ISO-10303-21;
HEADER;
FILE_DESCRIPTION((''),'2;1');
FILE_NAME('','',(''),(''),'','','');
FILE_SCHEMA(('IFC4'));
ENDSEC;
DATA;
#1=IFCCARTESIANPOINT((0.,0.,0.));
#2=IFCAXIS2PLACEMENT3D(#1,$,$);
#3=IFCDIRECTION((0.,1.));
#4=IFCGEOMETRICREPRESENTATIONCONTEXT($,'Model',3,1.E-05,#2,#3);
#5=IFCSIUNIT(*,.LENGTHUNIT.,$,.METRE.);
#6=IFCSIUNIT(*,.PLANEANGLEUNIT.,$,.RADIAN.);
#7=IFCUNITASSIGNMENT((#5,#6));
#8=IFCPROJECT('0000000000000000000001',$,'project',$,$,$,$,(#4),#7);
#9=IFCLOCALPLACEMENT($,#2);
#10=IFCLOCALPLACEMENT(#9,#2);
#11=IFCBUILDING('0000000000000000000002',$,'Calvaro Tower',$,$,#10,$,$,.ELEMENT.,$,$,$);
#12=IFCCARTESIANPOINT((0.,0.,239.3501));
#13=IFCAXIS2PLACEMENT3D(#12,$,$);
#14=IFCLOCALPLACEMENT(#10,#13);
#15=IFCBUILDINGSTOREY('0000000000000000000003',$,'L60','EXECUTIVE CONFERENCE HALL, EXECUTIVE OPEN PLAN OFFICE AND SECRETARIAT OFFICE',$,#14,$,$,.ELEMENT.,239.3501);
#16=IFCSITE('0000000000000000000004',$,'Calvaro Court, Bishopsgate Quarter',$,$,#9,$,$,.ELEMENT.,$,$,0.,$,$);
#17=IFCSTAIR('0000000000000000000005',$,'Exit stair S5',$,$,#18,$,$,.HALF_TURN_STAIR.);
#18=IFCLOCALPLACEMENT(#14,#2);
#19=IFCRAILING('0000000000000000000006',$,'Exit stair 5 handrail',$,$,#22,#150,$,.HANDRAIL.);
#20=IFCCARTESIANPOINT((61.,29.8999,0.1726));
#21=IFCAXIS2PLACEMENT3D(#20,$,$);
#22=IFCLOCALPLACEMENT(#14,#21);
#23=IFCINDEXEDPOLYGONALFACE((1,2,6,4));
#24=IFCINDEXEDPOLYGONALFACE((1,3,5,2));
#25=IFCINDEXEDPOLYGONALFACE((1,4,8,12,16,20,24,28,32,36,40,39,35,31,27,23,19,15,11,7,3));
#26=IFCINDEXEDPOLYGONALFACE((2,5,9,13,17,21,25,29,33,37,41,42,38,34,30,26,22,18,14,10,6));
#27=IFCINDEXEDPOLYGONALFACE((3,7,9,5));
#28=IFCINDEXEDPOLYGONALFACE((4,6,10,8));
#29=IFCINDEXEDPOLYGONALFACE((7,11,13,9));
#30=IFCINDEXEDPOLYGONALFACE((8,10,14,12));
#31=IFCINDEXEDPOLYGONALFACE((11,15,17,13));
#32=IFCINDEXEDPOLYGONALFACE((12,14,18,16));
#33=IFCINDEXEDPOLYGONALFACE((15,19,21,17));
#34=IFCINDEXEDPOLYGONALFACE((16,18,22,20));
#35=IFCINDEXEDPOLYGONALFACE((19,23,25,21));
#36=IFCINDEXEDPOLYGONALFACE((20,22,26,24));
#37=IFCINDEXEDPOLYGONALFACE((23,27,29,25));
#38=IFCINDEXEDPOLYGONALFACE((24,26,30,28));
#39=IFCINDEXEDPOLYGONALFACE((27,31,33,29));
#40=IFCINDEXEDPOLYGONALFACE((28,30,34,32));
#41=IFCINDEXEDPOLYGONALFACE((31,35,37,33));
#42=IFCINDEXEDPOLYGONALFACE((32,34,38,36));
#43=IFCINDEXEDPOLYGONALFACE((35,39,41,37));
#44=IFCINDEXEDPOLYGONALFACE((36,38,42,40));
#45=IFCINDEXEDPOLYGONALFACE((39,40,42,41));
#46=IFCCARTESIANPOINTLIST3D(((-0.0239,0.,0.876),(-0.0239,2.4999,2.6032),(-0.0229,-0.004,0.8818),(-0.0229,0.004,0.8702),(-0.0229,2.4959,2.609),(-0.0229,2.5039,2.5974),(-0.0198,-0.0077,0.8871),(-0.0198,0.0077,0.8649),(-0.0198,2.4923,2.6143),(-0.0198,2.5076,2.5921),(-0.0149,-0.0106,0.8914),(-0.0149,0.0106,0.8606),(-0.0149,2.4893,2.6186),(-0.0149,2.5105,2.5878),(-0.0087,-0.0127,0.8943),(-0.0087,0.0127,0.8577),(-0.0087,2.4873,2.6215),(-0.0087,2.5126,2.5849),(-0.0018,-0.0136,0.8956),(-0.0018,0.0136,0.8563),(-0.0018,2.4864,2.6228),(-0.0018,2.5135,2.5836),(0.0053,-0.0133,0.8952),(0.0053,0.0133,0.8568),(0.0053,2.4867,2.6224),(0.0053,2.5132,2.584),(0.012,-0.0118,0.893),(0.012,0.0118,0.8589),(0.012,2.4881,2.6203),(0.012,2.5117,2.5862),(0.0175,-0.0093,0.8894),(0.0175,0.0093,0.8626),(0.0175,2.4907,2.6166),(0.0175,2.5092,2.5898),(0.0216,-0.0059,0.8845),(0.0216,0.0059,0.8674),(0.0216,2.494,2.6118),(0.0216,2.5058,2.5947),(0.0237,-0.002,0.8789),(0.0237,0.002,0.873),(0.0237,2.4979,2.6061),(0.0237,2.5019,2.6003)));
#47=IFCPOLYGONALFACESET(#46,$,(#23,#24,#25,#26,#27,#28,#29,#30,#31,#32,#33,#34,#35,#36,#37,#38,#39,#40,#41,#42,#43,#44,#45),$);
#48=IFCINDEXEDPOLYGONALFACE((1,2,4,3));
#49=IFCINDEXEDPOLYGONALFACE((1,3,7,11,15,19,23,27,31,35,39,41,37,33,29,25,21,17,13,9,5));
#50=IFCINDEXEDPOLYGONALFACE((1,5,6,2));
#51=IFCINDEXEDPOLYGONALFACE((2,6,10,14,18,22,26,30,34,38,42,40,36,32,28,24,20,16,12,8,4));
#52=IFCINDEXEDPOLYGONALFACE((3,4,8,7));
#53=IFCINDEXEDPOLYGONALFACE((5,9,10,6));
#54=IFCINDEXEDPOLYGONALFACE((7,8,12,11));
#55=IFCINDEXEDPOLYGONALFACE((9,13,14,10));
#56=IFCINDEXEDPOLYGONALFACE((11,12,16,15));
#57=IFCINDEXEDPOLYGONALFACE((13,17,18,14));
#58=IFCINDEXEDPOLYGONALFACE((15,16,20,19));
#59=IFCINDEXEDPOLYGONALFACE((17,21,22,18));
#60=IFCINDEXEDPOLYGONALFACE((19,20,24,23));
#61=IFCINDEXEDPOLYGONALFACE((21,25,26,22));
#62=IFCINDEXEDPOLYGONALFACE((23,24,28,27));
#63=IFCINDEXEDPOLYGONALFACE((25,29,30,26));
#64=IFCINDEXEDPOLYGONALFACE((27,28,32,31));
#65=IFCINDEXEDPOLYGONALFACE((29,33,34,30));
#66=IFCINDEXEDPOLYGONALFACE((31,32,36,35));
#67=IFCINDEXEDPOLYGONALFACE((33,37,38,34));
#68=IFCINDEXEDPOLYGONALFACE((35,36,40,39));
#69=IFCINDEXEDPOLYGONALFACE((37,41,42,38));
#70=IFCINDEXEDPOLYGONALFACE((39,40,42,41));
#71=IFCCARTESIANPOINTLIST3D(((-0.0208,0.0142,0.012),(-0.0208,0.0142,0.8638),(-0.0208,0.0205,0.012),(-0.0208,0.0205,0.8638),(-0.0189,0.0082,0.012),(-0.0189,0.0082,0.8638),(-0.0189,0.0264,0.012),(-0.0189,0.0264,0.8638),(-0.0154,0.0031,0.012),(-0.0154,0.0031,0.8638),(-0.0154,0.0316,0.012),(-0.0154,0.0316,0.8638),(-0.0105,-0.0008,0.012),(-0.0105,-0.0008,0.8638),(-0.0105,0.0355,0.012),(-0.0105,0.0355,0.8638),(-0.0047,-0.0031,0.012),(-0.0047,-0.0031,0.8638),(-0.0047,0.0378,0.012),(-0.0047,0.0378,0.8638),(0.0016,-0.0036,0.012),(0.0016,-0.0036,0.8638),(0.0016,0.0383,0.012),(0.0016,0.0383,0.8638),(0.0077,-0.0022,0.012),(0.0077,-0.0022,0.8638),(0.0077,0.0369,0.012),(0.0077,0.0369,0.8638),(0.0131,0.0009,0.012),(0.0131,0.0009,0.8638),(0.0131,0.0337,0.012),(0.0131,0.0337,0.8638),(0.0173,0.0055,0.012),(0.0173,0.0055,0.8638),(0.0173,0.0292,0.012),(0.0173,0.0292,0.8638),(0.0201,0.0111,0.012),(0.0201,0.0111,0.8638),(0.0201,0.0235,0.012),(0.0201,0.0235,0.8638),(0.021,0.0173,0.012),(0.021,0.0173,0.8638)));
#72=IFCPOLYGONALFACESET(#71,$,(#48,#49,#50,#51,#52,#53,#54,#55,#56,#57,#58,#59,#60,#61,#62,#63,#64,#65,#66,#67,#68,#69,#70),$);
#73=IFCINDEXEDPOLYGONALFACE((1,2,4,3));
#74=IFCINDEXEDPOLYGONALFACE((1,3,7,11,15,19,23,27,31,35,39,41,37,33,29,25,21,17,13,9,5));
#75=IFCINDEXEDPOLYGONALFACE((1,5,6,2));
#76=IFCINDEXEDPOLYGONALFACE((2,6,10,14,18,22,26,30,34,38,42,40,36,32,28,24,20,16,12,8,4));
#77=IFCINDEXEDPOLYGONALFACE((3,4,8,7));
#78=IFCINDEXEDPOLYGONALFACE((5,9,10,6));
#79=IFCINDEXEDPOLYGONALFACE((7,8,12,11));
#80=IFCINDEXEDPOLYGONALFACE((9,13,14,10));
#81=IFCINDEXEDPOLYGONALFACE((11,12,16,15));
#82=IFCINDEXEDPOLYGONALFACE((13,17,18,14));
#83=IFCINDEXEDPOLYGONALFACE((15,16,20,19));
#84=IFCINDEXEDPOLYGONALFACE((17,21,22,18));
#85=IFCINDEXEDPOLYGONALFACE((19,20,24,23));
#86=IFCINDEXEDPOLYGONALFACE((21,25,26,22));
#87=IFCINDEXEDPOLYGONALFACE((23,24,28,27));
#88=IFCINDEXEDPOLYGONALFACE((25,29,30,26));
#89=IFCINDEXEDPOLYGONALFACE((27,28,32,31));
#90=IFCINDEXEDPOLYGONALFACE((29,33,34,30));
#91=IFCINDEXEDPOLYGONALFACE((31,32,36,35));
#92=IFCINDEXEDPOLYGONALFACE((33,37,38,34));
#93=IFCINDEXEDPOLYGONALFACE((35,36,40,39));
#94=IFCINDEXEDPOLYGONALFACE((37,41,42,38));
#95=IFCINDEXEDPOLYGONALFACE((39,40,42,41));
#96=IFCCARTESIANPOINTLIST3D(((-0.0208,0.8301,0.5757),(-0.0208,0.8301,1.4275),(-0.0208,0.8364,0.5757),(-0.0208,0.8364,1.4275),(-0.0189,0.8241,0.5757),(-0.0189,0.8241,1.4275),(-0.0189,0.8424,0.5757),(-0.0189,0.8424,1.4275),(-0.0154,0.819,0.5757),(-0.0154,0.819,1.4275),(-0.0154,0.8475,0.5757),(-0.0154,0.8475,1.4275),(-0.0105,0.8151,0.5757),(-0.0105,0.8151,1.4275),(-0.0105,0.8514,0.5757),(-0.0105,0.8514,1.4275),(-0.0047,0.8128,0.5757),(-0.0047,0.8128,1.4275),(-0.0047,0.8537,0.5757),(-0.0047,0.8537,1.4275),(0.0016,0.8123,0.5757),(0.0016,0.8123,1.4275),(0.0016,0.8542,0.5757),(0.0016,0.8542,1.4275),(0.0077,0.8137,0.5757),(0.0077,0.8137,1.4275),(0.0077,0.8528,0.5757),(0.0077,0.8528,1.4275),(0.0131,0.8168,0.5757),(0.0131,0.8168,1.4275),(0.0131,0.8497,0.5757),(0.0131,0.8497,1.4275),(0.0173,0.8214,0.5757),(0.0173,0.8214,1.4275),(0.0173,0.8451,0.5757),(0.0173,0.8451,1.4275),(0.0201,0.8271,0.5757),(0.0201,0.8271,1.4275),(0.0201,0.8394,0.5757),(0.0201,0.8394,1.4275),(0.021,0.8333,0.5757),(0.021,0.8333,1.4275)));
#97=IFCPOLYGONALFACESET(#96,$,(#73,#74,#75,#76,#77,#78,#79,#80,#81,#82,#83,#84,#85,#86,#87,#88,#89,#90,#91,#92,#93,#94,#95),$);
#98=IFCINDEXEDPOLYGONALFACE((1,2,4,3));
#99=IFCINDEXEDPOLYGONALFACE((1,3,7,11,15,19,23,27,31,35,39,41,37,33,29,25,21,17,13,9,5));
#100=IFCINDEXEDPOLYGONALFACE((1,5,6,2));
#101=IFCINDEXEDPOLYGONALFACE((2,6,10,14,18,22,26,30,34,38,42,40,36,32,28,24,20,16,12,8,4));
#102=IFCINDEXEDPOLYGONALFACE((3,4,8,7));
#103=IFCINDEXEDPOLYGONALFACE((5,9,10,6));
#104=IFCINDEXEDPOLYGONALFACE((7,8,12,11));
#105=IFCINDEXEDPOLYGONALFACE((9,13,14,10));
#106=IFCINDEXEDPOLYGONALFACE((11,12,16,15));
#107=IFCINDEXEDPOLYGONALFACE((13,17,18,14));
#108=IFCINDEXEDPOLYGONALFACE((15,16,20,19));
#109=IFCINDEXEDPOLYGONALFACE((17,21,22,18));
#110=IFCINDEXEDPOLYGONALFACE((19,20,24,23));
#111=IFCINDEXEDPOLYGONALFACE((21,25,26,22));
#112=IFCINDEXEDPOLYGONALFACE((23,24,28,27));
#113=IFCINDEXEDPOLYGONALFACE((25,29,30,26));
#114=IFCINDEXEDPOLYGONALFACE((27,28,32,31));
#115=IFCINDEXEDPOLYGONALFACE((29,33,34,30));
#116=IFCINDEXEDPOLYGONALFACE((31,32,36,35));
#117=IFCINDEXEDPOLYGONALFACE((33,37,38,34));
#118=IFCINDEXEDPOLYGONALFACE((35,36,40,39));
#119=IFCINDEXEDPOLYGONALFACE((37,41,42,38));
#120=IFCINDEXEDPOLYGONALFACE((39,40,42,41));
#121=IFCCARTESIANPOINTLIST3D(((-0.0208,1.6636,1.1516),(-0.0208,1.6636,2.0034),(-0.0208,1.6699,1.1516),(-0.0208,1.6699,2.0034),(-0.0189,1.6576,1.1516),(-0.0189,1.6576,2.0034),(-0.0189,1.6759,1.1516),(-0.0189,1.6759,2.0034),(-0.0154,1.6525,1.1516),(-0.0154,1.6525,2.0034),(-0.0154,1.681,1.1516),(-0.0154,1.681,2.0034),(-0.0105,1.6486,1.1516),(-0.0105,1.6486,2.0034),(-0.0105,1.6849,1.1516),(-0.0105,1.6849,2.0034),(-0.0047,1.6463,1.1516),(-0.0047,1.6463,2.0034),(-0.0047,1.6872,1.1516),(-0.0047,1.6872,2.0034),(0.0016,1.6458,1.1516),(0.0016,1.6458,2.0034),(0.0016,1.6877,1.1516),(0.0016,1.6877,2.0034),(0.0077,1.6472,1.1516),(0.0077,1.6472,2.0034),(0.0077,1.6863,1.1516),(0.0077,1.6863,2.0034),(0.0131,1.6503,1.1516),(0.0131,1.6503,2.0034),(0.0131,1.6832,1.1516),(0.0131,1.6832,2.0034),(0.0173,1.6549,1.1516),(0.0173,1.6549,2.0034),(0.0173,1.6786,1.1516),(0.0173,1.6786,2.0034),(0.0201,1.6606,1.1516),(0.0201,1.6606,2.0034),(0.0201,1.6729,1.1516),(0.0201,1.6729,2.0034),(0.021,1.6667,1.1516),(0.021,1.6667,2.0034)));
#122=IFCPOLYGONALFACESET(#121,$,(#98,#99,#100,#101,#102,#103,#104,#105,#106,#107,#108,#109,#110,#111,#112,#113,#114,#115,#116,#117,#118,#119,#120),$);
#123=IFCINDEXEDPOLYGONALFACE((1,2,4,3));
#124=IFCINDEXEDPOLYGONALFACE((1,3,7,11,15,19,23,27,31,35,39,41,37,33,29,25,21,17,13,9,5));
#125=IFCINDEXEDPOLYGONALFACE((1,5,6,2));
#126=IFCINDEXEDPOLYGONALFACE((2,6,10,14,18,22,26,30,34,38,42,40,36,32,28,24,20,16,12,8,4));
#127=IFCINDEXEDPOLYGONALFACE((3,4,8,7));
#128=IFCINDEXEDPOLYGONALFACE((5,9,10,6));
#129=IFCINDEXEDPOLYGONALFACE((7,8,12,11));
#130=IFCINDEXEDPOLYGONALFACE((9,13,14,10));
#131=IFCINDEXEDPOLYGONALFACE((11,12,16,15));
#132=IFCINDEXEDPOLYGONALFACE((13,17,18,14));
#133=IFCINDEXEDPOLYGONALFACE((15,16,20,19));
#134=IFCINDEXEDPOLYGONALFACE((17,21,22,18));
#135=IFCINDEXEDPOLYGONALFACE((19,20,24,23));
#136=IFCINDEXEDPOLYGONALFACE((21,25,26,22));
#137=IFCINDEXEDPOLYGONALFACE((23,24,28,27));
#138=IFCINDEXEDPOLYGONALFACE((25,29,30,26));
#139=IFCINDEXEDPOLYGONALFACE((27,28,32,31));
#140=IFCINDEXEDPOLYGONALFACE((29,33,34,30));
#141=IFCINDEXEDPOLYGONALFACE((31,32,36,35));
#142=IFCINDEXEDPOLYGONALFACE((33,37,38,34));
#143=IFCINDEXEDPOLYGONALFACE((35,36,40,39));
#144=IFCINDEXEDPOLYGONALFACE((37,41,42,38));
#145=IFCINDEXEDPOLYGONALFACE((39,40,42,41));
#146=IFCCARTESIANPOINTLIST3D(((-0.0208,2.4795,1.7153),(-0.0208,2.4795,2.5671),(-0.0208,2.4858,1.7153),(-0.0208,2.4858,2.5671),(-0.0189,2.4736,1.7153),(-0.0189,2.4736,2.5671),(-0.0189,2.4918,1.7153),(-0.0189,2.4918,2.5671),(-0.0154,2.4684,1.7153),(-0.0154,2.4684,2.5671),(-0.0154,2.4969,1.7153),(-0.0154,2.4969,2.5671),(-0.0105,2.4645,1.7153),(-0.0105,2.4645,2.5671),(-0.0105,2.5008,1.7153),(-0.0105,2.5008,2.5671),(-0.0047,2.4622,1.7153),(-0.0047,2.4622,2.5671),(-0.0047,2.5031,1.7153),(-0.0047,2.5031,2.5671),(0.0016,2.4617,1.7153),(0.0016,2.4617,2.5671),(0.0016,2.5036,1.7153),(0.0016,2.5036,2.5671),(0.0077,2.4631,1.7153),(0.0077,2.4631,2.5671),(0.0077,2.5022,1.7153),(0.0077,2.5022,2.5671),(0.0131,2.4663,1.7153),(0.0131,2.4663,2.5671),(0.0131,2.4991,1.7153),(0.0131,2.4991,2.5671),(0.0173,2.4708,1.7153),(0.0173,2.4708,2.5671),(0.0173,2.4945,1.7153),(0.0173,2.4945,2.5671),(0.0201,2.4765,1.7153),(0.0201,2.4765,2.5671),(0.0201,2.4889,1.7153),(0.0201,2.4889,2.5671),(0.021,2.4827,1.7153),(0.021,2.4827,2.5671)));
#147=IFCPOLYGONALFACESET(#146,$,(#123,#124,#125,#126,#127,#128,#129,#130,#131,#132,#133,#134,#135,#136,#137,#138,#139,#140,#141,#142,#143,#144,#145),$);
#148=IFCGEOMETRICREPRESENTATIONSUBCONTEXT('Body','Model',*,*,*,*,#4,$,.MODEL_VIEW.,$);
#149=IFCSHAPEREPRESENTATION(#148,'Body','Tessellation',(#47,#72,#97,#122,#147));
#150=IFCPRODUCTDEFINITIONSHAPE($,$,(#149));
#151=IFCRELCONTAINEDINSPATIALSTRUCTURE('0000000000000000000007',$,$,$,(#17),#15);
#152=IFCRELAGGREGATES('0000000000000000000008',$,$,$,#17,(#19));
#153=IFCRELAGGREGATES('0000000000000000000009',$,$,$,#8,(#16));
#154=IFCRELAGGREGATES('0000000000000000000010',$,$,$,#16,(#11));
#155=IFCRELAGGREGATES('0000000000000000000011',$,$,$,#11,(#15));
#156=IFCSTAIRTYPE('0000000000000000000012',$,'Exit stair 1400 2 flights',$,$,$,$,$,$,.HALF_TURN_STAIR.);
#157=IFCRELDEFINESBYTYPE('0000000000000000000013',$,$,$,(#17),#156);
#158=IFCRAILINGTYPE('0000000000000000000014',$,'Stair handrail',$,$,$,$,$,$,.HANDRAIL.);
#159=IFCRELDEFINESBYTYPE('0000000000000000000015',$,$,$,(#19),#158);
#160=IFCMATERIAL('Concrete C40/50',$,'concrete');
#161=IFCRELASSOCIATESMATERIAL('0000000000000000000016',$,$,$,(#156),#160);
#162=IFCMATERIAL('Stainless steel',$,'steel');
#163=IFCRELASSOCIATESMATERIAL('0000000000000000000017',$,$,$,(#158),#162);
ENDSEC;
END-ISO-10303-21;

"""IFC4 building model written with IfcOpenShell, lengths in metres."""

from ifc_helpers import new_model, si_unit, direction, frame, origin, origin_2d, place, context, subcontext, project, spatial, circle, extrude, material, type_object, element, aggregate, save


model = new_model("IFC4")

# Units and contexts
model_context = context("Model", 3, precision=1e-05, world=origin(), true_north=direction((0.0, 1.0)))
body_context = subcontext(model_context, "Body", "Model", "MODEL_VIEW")
ifc_project = project(units=[si_unit("LENGTHUNIT", "METRE"), si_unit("PLANEANGLEUNIT", "RADIAN")], contexts=[model_context])

# Site, building, storey
site_placement = place(None, origin())
site = spatial("IfcSite", under=ifc_project, at=site_placement, Name="Calvaro Court, Bishopsgate Quarter", CompositionType="ELEMENT", RefElevation=0.0)
building_placement = place(site_placement, origin())
building = spatial("IfcBuilding", under=site, at=building_placement, Name="Calvaro Tower", CompositionType="ELEMENT")
storey_placement = place(building_placement, frame((0.0, 0.0, 239.3501)))
storey = spatial("IfcBuildingStorey", under=building, at=storey_placement, Name="L60", Description="EXECUTIVE CONFERENCE HALL, EXECUTIVE OPEN PLAN OFFICE AND SECRETARIAT OFFICE", CompositionType="ELEMENT", Elevation=239.3501)

# Shared definitions
ifc_material_1 = material(Name="Concrete C40/50", Category="concrete")
stair_type = type_object("IfcStairType", Name="Exit stair 1400 2 flights", PredefinedType="HALF_TURN_STAIR", material=ifc_material_1)

# Stair
stair_1_placement = place(storey_placement, origin())
stair_1 = element("IfcStair", 1, at=stair_1_placement, inside=storey, type_object=stair_type, Name="Exit stair S5", PredefinedType="HALF_TURN_STAIR")

# Railing
ifc_material_2 = material(Name="Stainless steel", Category="steel")
railing_type = type_object("IfcRailingType", Name="Stair handrail", PredefinedType="HANDRAIL", material=ifc_material_2)
railing_1_placement = place(storey_placement, frame((61.0, 29.8999, 0.1726)))
railing_1 = element("IfcRailing", 2, at=railing_1_placement, type_object=railing_type, Name="Exit stair 5 handrail", PredefinedType="HANDRAIL", context=body_context, shape_type="SweptSolid", body=[
    extrude(circle(Radius=0.0239, at=origin_2d()), frame((0.0, 0.0, 0.876), z_axis=(0.0, 0.822727, 0.568437), x_axis=(-1.0, 0.0, 0.0)), (0.0, 0.0, 1.0), 3.0386),
    extrude(circle(Radius=0.021, at=origin_2d()), frame((0.0, 0.0173, 0.012)), (0.0, 0.0, 1.0), 0.8518),
    extrude(circle(Radius=0.021, at=origin_2d()), frame((0.0, 0.8333, 0.5757)), (0.0, 0.0, 1.0), 0.8518),
    extrude(circle(Radius=0.021, at=origin_2d()), frame((0.0, 1.6667, 1.1516)), (0.0, 0.0, 1.0), 0.8518),
    extrude(circle(Radius=0.021, at=origin_2d()), frame((0.0, 2.4827, 1.7153)), (0.0, 0.0, 1.0), 0.8518),
])
aggregate(stair_1, [railing_1])

save(model, "model.ifc")
